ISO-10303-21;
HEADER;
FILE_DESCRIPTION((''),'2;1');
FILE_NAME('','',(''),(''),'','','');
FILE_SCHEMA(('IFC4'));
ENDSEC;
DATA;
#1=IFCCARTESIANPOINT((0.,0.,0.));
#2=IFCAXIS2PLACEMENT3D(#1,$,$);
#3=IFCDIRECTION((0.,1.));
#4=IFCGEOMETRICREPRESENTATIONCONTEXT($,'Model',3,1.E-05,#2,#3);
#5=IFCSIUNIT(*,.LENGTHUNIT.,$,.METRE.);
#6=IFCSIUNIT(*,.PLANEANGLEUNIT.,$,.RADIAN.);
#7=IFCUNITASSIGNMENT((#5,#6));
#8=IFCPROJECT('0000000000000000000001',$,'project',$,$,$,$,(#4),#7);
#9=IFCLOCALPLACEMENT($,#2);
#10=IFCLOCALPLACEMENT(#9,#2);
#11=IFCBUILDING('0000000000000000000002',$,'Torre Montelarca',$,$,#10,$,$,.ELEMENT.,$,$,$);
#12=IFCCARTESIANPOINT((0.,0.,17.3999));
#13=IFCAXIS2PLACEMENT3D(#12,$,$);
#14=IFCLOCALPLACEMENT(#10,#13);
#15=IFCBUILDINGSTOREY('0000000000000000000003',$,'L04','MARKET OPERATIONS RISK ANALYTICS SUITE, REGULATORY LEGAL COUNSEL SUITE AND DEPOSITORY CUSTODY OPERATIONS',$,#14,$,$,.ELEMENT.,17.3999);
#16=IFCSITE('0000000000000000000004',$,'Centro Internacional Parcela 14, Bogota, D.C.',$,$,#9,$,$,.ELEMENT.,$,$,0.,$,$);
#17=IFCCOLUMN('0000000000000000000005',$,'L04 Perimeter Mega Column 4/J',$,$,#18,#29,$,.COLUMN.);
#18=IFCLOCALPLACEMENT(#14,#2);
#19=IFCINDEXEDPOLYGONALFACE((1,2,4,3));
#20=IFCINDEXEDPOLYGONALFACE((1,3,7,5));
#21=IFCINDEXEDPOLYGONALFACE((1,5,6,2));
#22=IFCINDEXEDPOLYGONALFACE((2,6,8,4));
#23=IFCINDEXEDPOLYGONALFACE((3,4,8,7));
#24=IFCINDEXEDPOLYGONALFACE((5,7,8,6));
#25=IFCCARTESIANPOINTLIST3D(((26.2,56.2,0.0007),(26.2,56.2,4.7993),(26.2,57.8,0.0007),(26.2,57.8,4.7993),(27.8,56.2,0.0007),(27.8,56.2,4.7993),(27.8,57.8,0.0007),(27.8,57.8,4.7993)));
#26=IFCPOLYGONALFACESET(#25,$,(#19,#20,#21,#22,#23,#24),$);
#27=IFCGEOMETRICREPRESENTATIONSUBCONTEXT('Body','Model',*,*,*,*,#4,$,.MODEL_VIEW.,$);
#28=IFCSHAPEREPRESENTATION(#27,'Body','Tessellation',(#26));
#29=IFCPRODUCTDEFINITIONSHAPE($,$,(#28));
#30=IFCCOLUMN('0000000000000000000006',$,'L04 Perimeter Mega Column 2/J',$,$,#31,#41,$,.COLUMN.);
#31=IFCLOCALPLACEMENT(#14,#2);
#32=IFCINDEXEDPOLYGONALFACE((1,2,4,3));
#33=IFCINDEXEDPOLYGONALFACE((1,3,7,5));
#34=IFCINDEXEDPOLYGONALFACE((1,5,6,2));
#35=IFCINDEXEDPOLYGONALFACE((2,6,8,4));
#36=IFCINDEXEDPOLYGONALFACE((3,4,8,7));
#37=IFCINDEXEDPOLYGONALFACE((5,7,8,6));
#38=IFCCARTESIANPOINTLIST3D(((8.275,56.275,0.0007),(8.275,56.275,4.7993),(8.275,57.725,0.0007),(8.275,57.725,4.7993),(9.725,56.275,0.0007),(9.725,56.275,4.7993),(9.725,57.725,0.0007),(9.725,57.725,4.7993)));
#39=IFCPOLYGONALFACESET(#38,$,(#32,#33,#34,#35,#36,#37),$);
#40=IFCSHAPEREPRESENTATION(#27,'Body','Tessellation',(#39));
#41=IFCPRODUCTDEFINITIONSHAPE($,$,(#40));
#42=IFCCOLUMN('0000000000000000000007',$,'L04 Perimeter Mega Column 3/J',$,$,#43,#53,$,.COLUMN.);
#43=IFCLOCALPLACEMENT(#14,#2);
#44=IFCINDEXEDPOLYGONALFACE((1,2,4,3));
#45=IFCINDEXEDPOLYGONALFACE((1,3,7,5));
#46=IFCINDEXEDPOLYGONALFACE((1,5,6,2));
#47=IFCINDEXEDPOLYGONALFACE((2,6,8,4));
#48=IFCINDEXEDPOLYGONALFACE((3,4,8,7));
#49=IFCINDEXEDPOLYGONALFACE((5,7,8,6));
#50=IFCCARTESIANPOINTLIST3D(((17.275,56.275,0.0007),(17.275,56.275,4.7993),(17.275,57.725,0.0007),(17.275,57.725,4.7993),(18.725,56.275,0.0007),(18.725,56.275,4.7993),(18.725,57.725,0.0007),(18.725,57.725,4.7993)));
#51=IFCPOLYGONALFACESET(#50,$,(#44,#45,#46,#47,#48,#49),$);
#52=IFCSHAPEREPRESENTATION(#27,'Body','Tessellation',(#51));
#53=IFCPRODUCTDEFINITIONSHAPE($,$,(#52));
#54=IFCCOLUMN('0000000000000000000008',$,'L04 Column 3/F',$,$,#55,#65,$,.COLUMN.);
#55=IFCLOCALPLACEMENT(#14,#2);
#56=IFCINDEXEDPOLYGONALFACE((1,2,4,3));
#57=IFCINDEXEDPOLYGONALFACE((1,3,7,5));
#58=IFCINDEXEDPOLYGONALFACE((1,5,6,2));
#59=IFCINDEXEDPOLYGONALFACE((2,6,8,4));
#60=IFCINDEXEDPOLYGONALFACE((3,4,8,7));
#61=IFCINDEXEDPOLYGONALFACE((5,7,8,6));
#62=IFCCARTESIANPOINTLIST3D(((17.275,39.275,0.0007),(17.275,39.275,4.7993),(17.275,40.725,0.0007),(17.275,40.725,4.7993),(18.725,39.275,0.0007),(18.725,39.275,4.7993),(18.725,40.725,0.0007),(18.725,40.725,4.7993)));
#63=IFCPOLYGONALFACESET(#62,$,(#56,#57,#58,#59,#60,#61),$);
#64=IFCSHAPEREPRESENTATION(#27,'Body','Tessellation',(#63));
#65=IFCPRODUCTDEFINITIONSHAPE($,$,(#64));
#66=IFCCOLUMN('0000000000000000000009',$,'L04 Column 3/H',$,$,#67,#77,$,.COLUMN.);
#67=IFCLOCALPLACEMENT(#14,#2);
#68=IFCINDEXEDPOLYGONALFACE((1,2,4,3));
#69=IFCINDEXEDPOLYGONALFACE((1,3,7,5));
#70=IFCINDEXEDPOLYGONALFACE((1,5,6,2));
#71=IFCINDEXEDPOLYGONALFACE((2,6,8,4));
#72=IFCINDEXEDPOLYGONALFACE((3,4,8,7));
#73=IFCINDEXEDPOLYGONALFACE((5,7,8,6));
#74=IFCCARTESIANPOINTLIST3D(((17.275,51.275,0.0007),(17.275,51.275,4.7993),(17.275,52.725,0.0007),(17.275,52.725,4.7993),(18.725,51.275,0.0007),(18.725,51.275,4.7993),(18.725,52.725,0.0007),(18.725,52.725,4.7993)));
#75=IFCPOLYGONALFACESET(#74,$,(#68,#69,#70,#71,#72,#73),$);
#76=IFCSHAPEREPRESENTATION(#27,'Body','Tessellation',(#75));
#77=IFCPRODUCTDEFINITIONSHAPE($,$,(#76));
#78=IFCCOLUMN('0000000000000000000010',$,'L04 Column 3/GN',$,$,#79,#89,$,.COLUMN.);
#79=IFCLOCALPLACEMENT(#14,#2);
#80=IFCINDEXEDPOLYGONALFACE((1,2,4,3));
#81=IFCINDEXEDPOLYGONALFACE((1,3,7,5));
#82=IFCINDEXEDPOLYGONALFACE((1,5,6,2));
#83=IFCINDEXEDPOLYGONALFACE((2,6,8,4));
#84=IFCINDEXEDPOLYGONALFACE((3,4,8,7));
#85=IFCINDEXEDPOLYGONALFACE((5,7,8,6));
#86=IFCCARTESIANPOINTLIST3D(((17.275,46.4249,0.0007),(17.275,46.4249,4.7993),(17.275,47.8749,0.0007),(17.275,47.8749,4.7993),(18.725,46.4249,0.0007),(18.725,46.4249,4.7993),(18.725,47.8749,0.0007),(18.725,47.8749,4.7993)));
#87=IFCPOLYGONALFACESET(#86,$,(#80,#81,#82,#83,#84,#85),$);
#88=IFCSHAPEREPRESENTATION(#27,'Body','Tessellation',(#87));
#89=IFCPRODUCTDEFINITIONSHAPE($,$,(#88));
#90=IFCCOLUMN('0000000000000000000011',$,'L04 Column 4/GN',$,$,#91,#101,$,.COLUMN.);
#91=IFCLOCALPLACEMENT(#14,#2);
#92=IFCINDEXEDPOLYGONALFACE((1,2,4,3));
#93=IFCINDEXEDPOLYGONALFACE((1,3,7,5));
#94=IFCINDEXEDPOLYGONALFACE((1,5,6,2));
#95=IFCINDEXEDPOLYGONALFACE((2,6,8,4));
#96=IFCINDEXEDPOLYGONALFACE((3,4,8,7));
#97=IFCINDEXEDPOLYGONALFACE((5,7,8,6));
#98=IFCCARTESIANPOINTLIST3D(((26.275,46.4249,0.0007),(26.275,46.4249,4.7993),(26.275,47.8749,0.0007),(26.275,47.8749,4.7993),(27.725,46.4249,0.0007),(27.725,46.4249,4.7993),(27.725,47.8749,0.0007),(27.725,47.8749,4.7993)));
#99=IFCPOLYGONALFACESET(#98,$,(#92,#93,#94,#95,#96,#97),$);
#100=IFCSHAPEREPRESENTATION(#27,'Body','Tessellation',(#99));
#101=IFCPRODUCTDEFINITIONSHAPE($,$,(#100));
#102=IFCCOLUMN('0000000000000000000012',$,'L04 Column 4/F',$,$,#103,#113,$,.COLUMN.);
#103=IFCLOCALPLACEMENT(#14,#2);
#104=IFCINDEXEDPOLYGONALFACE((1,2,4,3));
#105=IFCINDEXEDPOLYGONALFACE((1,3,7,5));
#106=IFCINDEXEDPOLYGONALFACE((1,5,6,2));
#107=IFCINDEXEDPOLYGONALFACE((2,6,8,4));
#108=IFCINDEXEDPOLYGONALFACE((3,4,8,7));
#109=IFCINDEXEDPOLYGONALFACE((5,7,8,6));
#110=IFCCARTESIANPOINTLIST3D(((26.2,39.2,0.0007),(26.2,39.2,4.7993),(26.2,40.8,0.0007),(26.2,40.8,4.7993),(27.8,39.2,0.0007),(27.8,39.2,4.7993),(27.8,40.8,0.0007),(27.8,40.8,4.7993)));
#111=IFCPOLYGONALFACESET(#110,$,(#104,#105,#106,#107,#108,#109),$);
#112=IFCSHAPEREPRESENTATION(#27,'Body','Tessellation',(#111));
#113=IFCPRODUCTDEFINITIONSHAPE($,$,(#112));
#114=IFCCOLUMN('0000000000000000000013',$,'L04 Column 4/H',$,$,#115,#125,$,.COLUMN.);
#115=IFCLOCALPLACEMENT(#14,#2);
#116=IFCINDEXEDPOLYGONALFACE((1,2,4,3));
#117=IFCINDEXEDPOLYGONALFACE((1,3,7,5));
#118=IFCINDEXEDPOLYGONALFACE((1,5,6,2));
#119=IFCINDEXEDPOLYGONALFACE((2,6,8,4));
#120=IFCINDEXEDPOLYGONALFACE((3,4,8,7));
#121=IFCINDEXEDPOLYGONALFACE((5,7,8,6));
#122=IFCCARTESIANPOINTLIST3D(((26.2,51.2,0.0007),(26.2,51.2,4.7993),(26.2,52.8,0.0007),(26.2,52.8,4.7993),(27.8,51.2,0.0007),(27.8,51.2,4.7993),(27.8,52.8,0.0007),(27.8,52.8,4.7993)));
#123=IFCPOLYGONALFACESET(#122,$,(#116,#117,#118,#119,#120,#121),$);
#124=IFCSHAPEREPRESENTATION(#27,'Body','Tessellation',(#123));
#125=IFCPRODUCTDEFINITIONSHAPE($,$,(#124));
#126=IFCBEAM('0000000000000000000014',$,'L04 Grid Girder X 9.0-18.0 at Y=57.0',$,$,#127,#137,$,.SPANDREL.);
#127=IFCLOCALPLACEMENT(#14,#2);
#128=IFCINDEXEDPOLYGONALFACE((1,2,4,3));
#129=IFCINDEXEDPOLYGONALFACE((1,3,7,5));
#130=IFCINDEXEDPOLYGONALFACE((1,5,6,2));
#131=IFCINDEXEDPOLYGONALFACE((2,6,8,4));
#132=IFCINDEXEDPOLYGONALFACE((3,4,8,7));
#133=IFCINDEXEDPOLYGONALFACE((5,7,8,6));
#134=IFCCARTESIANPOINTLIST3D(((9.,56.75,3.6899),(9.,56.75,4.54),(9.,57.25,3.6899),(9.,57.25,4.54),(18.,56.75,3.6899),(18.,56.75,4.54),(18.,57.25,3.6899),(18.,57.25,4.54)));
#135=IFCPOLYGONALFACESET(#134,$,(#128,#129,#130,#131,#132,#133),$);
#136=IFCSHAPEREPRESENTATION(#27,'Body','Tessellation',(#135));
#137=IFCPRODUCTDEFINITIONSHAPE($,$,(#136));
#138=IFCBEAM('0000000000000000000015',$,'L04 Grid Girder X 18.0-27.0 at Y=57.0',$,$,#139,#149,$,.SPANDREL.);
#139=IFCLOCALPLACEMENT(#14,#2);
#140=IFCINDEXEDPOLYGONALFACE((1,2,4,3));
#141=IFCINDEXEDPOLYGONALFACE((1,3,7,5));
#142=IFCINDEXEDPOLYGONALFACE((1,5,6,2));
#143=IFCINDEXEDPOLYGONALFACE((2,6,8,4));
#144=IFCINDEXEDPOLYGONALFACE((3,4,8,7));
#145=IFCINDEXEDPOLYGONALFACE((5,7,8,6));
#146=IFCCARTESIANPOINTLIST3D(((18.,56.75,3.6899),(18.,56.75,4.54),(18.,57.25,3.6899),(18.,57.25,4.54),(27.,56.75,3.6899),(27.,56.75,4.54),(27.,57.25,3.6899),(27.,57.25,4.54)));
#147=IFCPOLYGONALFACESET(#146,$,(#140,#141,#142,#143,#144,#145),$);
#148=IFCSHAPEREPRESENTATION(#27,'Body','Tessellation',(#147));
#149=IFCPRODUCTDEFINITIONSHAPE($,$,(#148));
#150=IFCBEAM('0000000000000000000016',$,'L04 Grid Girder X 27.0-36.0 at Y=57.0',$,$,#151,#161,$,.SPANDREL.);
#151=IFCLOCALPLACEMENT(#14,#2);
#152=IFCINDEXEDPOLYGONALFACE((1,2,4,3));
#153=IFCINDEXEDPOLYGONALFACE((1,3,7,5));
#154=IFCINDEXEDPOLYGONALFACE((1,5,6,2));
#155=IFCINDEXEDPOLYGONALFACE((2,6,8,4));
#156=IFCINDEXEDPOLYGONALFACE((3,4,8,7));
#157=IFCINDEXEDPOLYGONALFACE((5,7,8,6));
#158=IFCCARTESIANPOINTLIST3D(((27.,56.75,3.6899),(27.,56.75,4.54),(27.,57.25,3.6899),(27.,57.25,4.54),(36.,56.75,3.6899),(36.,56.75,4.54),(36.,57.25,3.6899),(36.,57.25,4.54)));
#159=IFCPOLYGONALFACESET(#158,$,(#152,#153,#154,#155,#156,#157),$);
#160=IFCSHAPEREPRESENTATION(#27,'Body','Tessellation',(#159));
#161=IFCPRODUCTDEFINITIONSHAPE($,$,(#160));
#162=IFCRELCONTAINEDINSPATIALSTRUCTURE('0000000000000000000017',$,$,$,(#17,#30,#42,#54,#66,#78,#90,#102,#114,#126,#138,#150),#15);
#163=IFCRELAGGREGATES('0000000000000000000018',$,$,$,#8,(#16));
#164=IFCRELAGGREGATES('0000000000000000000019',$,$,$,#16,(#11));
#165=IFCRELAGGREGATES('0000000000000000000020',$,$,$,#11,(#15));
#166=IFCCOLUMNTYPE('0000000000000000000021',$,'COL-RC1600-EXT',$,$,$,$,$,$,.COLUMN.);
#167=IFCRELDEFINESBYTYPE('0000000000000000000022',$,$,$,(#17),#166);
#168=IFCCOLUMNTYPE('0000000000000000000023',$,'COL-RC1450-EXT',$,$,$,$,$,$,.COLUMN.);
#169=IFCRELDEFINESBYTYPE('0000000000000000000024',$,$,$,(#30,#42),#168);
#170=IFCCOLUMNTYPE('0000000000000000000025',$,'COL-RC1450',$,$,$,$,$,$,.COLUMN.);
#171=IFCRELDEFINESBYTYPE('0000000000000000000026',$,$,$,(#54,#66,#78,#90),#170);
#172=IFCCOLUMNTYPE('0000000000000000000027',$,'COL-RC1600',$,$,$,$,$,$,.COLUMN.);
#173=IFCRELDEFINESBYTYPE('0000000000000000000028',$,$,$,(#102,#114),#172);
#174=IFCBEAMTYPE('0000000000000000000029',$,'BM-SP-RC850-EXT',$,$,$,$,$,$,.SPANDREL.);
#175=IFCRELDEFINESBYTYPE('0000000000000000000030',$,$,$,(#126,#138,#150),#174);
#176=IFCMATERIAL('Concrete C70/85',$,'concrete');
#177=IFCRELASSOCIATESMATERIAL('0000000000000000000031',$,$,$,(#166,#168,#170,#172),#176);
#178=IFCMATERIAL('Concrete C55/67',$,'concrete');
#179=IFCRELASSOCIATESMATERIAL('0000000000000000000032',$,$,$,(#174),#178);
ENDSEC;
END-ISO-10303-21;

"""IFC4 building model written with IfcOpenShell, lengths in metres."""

from ifc_helpers import new_model, si_unit, direction, frame, origin, origin_2d, place, context, subcontext, project, spatial, rectangle, extrude, source, transform, mapped, material, material_profile, profile_set, type_object, element, save


model = new_model("IFC4")

# Units and contexts
model_context = context("Model", 3, precision=1e-05, world=origin(), true_north=direction((0.0, 1.0)))
body_context = subcontext(model_context, "Body", "Model", "MODEL_VIEW")
ifc_project = project(units=[si_unit("LENGTHUNIT", "METRE"), si_unit("PLANEANGLEUNIT", "RADIAN")], contexts=[model_context])

# Site, building, storey
site_placement = place(None, origin())
site = spatial("IfcSite", under=ifc_project, at=site_placement, Name="Centro Internacional Parcela 14, Bogota, D.C.", CompositionType="ELEMENT", RefElevation=0.0)
building_placement = place(site_placement, origin())
building = spatial("IfcBuilding", under=site, at=building_placement, Name="Torre Montelarca", CompositionType="ELEMENT")
storey_placement = place(building_placement, frame((0.0, 0.0, 17.3999)))
storey = spatial("IfcBuildingStorey", under=building, at=storey_placement, Name="L04", Description="MARKET OPERATIONS RISK ANALYTICS SUITE, REGULATORY LEGAL COUNSEL SUITE AND DEPOSITORY CUSTODY OPERATIONS", CompositionType="ELEMENT", Elevation=17.3999)

# Columns
ifc_material_1 = material(Name="Concrete C70/85", Category="concrete")
ifc_material_profile_1 = material_profile(ifc_material_1, rectangle(XDim=1.6001, YDim=1.6001, at=origin_2d()), Name="RC1600X1600", Category="concrete")
ifc_profile_set_1 = profile_set([ifc_material_profile_1], Name="Concrete C70/85")
column_type_1 = type_object("IfcColumnType", Name="COL-RC1600-EXT", PredefinedType="COLUMN", material=ifc_profile_set_1)
shared_shape_1 = source(origin(), body_context, "Body", "SweptSolid", [
    extrude(rectangle(XDim=1.6001, YDim=1.6001, at=origin_2d()), origin(), (0.0, 0.0, 1.0), 4.7986),
])
column_placement = place(storey_placement, frame((27.0, 57.0, 0.0007), z_axis=(0.0, 0.0, 1.0), x_axis=(1.0, 0.0, 0.0)))
element("IfcColumn", 1, at=column_placement, inside=storey, type_object=column_type_1, Name="L04 Perimeter Mega Column 4/J", PredefinedType="COLUMN", context=body_context, shape_type="MappedRepresentation", body=[
    mapped(shared_shape_1, transform((0.0, 0.0, 0.0), scale=1.0)),
])
ifc_material_profile_2 = material_profile(ifc_material_1, rectangle(XDim=1.45, YDim=1.45, at=origin_2d()), Name="RC1450X1450", Category="concrete")
ifc_profile_set_2 = profile_set([ifc_material_profile_2], Name="Concrete C70/85")
column_type_2 = type_object("IfcColumnType", Name="COL-RC1450-EXT", PredefinedType="COLUMN", material=ifc_profile_set_2)
shared_shape_2 = source(origin(), body_context, "Body", "SweptSolid", [
    extrude(rectangle(XDim=1.45, YDim=1.45, at=origin_2d()), origin(), (0.0, 0.0, 1.0), 4.7986),
])
for number, where, z_axis, x_axis, name in (
    (2, (9.0, 57.0, 0.0007), (0.0, 0.0, 1.0), (1.0, 0.0, 0.0), "L04 Perimeter Mega Column 2/J"),
    (3, (18.0, 57.0, 0.0007), (0.0, 0.0, 1.0), (1.0, 0.0, 0.0), "L04 Perimeter Mega Column 3/J"),
):
    element("IfcColumn", number, at=place(storey_placement, frame(where, z_axis=z_axis, x_axis=x_axis)), inside=storey, type_object=column_type_2, Name=name, PredefinedType="COLUMN", context=body_context, shape_type="MappedRepresentation", body=[
        mapped(shared_shape_2, transform((0.0, 0.0, 0.0), scale=1.0)),
    ])
ifc_material_profile_3 = material_profile(ifc_material_1, rectangle(XDim=1.45, YDim=1.45, at=origin_2d()), Name="RC1450X1450", Category="concrete")
ifc_profile_set_3 = profile_set([ifc_material_profile_3], Name="Concrete C70/85")
column_type_3 = type_object("IfcColumnType", Name="COL-RC1450", PredefinedType="COLUMN", material=ifc_profile_set_3)
shared_shape_3 = source(origin(), body_context, "Body", "SweptSolid", [
    extrude(rectangle(XDim=1.45, YDim=1.45, at=origin_2d()), origin(), (0.0, 0.0, 1.0), 4.7986),
])
for number, where, z_axis, x_axis, name in (
    (4, (18.0, 40.0, 0.0007), (0.0, 0.0, 1.0), (1.0, 0.0, 0.0), "L04 Column 3/F"),
    (5, (18.0, 52.0, 0.0007), (0.0, 0.0, 1.0), (1.0, 0.0, 0.0), "L04 Column 3/H"),
    (6, (18.0, 47.1499, 0.0007), (0.0, 0.0, 1.0), (1.0, 0.0, 0.0), "L04 Column 3/GN"),
    (7, (27.0, 47.1499, 0.0007), (0.0, 0.0, 1.0), (1.0, 0.0, 0.0), "L04 Column 4/GN"),
):
    element("IfcColumn", number, at=place(storey_placement, frame(where, z_axis=z_axis, x_axis=x_axis)), inside=storey, type_object=column_type_3, Name=name, PredefinedType="COLUMN", context=body_context, shape_type="MappedRepresentation", body=[
        mapped(shared_shape_3, transform((0.0, 0.0, 0.0), scale=1.0)),
    ])
ifc_material_profile_4 = material_profile(ifc_material_1, rectangle(XDim=1.6001, YDim=1.6001, at=origin_2d()), Name="RC1600X1600", Category="concrete")
ifc_profile_set_4 = profile_set([ifc_material_profile_4], Name="Concrete C70/85")
column_type_4 = type_object("IfcColumnType", Name="COL-RC1600", PredefinedType="COLUMN", material=ifc_profile_set_4)
shared_shape_4 = source(origin(), body_context, "Body", "SweptSolid", [
    extrude(rectangle(XDim=1.6001, YDim=1.6001, at=origin_2d()), origin(), (0.0, 0.0, 1.0), 4.7986),
])
for number, where, z_axis, x_axis, name in (
    (8, (27.0, 40.0, 0.0007), (0.0, 0.0, 1.0), (1.0, 0.0, 0.0), "L04 Column 4/F"),
    (9, (27.0, 52.0, 0.0007), (0.0, 0.0, 1.0), (1.0, 0.0, 0.0), "L04 Column 4/H"),
):
    element("IfcColumn", number, at=place(storey_placement, frame(where, z_axis=z_axis, x_axis=x_axis)), inside=storey, type_object=column_type_4, Name=name, PredefinedType="COLUMN", context=body_context, shape_type="MappedRepresentation", body=[
        mapped(shared_shape_4, transform((0.0, 0.0, 0.0), scale=1.0)),
    ])

# Beams
ifc_material_2 = material(Name="Concrete C55/67", Category="concrete")
ifc_material_profile_5 = material_profile(ifc_material_2, rectangle(XDim=0.5, YDim=0.8501, at=origin_2d()), Name="RCB500X850", Category="concrete")
ifc_profile_set_5 = profile_set([ifc_material_profile_5], Name="Concrete C55/67")
beam_type_1 = type_object("IfcBeamType", Name="BM-SP-RC850-EXT", PredefinedType="SPANDREL", material=ifc_profile_set_5)
shared_shape_5 = source(origin(), body_context, "Body", "SweptSolid", [
    extrude(rectangle(XDim=0.5, YDim=0.8501, at=origin_2d()), origin(), (0.0, 0.0, 1.0), 9.0),
])
for number, where, z_axis, x_axis, name in (
    (10, (9.0, 57.0, 4.115), (1.0, 0.0, 0.0), (0.0, 1.0, 0.0), "L04 Grid Girder X 9.0-18.0 at Y=57.0"),
    (11, (18.0, 57.0, 4.115), (1.0, 0.0, 0.0), (0.0, 1.0, 0.0), "L04 Grid Girder X 18.0-27.0 at Y=57.0"),
    (12, (27.0, 57.0, 4.115), (1.0, 0.0, 0.0), (0.0, 1.0, 0.0), "L04 Grid Girder X 27.0-36.0 at Y=57.0"),
):
    element("IfcBeam", number, at=place(storey_placement, frame(where, z_axis=z_axis, x_axis=x_axis)), inside=storey, type_object=beam_type_1, Name=name, PredefinedType="SPANDREL", context=body_context, shape_type="MappedRepresentation", body=[
        mapped(shared_shape_5, transform((0.0, 0.0, 0.0), scale=1.0)),
    ])

save(model, "model.ifc")
